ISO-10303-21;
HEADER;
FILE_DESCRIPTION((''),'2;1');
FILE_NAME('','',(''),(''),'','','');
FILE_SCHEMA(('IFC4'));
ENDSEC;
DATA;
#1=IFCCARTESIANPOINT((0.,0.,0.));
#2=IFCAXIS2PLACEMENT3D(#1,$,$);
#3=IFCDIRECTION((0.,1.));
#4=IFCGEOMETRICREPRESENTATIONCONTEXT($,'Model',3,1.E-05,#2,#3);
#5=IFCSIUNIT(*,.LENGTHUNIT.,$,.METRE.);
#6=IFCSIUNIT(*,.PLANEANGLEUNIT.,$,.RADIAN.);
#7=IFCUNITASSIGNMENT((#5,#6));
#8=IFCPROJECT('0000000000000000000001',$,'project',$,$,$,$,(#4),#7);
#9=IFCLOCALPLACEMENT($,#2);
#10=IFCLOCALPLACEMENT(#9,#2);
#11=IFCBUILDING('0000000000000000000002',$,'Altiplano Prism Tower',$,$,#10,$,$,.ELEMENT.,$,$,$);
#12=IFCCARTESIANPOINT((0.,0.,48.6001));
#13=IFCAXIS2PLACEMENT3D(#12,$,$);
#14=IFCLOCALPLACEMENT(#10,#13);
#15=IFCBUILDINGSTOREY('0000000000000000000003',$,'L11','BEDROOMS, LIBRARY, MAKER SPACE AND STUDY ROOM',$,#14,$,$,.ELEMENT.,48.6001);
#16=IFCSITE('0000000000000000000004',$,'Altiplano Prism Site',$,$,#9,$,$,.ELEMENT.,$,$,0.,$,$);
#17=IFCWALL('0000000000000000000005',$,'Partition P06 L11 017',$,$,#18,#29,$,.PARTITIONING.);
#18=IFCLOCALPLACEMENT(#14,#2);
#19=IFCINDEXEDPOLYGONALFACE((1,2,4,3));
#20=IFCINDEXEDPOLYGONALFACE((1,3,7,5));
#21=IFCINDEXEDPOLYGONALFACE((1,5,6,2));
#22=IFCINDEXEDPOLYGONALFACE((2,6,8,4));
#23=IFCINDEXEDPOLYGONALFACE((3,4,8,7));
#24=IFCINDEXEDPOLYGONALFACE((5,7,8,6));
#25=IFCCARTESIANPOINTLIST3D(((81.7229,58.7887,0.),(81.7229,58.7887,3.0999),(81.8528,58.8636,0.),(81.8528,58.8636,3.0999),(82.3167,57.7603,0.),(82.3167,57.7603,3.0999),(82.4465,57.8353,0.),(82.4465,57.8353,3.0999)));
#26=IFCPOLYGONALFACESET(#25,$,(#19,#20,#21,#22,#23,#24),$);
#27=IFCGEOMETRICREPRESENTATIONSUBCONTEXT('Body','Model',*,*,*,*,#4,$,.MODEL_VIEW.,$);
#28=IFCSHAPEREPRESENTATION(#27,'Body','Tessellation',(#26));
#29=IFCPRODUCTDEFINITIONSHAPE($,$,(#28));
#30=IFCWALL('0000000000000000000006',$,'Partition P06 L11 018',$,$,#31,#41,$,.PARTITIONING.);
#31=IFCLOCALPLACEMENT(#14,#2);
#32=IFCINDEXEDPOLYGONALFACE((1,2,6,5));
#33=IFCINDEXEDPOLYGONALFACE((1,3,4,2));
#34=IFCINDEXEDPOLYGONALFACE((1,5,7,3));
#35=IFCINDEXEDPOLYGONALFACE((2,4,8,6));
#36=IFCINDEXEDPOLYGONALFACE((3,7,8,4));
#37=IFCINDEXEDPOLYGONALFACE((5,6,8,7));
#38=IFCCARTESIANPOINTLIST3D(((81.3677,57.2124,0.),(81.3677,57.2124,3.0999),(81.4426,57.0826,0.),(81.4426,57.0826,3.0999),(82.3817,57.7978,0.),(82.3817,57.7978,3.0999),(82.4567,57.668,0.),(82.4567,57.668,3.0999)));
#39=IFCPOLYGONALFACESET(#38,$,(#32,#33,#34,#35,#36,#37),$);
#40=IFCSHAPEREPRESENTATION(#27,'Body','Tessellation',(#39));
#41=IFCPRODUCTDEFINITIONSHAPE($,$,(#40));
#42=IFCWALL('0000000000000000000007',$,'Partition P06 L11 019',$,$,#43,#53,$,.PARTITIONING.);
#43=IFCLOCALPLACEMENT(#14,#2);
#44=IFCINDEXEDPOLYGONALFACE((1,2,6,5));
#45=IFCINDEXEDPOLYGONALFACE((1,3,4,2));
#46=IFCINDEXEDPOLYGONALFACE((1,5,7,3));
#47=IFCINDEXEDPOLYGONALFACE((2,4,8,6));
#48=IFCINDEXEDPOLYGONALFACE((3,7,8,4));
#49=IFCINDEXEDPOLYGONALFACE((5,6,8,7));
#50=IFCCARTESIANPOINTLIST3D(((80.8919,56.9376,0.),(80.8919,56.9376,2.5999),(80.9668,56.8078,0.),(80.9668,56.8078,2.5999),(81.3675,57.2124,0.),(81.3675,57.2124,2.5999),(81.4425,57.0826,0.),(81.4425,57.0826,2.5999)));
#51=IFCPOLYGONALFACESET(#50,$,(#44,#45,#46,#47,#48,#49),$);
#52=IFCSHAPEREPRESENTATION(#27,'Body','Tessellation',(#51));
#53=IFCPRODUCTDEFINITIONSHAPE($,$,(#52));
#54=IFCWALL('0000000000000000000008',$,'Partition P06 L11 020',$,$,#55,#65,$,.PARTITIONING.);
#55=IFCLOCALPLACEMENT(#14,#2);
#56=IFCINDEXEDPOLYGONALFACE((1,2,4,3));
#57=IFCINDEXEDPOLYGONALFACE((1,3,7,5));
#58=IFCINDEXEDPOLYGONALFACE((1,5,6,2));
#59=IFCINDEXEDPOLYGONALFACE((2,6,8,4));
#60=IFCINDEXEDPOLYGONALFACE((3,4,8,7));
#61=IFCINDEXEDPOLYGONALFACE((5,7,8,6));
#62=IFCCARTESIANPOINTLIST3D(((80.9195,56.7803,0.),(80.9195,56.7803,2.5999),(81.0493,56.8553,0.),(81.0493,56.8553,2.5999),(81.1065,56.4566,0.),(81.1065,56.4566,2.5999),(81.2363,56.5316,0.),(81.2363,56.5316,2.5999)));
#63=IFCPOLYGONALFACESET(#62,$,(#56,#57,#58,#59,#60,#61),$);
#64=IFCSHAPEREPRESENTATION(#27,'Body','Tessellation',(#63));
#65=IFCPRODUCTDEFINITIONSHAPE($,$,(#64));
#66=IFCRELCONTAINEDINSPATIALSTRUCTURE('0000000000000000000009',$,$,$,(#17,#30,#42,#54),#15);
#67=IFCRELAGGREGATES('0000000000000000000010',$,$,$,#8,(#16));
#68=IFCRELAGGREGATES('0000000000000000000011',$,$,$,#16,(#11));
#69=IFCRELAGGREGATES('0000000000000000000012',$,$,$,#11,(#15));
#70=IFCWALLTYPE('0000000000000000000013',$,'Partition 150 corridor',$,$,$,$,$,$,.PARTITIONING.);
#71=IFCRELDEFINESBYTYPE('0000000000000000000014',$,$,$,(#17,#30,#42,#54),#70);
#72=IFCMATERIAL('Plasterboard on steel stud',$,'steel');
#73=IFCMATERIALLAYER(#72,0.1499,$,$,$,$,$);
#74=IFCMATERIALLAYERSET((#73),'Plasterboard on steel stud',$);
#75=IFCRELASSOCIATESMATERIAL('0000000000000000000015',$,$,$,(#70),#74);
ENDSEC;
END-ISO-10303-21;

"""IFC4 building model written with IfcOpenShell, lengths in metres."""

from ifc_helpers import new_model, si_unit, direction, frame, frame_2d, origin, place, context, subcontext, project, spatial, rectangle, extrude, material, layer, layer_set, type_object, element, save


model = new_model("IFC4")

# Units and contexts
model_context = context("Model", 3, precision=1e-05, world=origin(), true_north=direction((0.0, 1.0)))
body_context = subcontext(model_context, "Body", "Model", "MODEL_VIEW")
ifc_project = project(units=[si_unit("LENGTHUNIT", "METRE"), si_unit("PLANEANGLEUNIT", "RADIAN")], contexts=[model_context])

# Site, building, storey
site_placement = place(None, origin())
site = spatial("IfcSite", under=ifc_project, at=site_placement, Name="Altiplano Prism Site", CompositionType="ELEMENT", RefElevation=0.0)
building_placement = place(site_placement, origin())
building = spatial("IfcBuilding", under=site, at=building_placement, Name="Altiplano Prism Tower", CompositionType="ELEMENT")
storey_placement = place(building_placement, frame((0.0, 0.0, 48.6001)))
storey = spatial("IfcBuildingStorey", under=building, at=storey_placement, Name="L11", Description="BEDROOMS, LIBRARY, MAKER SPACE AND STUDY ROOM", CompositionType="ELEMENT", Elevation=48.6001)

# Walls
ifc_material_1 = material(Name="Plasterboard on steel stud", Category="steel")
ifc_layer = layer(ifc_material_1, 0.1499)
ifc_layer_set = layer_set([ifc_layer], Name="Plasterboard on steel stud")
wall_type = type_object("IfcWallType", Name="Partition 150 corridor", PredefinedType="PARTITIONING", material=ifc_layer_set)
wall_1_placement = place(storey_placement, frame((81.7878, 58.8262, 0.0), z_axis=(0.0, 0.0, 1.0), x_axis=(0.500031, -0.866008, 0.0)))
element("IfcWall", 1, at=wall_1_placement, inside=storey, type_object=wall_type, Name="Partition P06 L11 017", PredefinedType="PARTITIONING", context=body_context, shape_type="SweptSolid", body=[
    extrude(rectangle(XDim=1.1875, YDim=0.1499, at=frame_2d((0.5938, 0.0))), origin(), (0.0, 0.0, 1.0), 3.0999),
])
wall_2_placement = place(storey_placement, frame((82.4192, 57.7329, 0.0), z_axis=(0.0, 0.0, 1.0), x_axis=(-0.866054, -0.499951, 0.0)))
element("IfcWall", 2, at=wall_2_placement, inside=storey, type_object=wall_type, Name="Partition P06 L11 018", PredefinedType="PARTITIONING", context=body_context, shape_type="SweptSolid", body=[
    extrude(rectangle(XDim=1.1709, YDim=0.1499, at=frame_2d((0.5854, 0.0))), origin(), (0.0, 0.0, 1.0), 3.0999),
])
wall_3_placement = place(storey_placement, frame((81.405, 57.1475, 0.0), z_axis=(0.0, 0.0, 1.0), x_axis=(-0.865963, -0.500107, 0.0)))
element("IfcWall", 3, at=wall_3_placement, inside=storey, type_object=wall_type, Name="Partition P06 L11 019", PredefinedType="PARTITIONING", context=body_context, shape_type="SweptSolid", body=[
    extrude(rectangle(XDim=0.5493, YDim=0.1499, at=frame_2d((0.2747, 0.0))), origin(), (0.0, 0.0, 1.0), 2.5999),
])
wall_4_placement = place(storey_placement, frame((80.9844, 56.8179, 0.0), z_axis=(0.0, 0.0, 1.0), x_axis=(0.500212, -0.865903, 0.0)))
element("IfcWall", 4, at=wall_4_placement, inside=storey, type_object=wall_type, Name="Partition P06 L11 020", PredefinedType="PARTITIONING", context=body_context, shape_type="SweptSolid", body=[
    extrude(rectangle(XDim=0.3738, YDim=0.1499, at=frame_2d((0.187, 0.0))), origin(), (0.0, 0.0, 1.0), 2.5999),
])

save(model, "model.ifc")
